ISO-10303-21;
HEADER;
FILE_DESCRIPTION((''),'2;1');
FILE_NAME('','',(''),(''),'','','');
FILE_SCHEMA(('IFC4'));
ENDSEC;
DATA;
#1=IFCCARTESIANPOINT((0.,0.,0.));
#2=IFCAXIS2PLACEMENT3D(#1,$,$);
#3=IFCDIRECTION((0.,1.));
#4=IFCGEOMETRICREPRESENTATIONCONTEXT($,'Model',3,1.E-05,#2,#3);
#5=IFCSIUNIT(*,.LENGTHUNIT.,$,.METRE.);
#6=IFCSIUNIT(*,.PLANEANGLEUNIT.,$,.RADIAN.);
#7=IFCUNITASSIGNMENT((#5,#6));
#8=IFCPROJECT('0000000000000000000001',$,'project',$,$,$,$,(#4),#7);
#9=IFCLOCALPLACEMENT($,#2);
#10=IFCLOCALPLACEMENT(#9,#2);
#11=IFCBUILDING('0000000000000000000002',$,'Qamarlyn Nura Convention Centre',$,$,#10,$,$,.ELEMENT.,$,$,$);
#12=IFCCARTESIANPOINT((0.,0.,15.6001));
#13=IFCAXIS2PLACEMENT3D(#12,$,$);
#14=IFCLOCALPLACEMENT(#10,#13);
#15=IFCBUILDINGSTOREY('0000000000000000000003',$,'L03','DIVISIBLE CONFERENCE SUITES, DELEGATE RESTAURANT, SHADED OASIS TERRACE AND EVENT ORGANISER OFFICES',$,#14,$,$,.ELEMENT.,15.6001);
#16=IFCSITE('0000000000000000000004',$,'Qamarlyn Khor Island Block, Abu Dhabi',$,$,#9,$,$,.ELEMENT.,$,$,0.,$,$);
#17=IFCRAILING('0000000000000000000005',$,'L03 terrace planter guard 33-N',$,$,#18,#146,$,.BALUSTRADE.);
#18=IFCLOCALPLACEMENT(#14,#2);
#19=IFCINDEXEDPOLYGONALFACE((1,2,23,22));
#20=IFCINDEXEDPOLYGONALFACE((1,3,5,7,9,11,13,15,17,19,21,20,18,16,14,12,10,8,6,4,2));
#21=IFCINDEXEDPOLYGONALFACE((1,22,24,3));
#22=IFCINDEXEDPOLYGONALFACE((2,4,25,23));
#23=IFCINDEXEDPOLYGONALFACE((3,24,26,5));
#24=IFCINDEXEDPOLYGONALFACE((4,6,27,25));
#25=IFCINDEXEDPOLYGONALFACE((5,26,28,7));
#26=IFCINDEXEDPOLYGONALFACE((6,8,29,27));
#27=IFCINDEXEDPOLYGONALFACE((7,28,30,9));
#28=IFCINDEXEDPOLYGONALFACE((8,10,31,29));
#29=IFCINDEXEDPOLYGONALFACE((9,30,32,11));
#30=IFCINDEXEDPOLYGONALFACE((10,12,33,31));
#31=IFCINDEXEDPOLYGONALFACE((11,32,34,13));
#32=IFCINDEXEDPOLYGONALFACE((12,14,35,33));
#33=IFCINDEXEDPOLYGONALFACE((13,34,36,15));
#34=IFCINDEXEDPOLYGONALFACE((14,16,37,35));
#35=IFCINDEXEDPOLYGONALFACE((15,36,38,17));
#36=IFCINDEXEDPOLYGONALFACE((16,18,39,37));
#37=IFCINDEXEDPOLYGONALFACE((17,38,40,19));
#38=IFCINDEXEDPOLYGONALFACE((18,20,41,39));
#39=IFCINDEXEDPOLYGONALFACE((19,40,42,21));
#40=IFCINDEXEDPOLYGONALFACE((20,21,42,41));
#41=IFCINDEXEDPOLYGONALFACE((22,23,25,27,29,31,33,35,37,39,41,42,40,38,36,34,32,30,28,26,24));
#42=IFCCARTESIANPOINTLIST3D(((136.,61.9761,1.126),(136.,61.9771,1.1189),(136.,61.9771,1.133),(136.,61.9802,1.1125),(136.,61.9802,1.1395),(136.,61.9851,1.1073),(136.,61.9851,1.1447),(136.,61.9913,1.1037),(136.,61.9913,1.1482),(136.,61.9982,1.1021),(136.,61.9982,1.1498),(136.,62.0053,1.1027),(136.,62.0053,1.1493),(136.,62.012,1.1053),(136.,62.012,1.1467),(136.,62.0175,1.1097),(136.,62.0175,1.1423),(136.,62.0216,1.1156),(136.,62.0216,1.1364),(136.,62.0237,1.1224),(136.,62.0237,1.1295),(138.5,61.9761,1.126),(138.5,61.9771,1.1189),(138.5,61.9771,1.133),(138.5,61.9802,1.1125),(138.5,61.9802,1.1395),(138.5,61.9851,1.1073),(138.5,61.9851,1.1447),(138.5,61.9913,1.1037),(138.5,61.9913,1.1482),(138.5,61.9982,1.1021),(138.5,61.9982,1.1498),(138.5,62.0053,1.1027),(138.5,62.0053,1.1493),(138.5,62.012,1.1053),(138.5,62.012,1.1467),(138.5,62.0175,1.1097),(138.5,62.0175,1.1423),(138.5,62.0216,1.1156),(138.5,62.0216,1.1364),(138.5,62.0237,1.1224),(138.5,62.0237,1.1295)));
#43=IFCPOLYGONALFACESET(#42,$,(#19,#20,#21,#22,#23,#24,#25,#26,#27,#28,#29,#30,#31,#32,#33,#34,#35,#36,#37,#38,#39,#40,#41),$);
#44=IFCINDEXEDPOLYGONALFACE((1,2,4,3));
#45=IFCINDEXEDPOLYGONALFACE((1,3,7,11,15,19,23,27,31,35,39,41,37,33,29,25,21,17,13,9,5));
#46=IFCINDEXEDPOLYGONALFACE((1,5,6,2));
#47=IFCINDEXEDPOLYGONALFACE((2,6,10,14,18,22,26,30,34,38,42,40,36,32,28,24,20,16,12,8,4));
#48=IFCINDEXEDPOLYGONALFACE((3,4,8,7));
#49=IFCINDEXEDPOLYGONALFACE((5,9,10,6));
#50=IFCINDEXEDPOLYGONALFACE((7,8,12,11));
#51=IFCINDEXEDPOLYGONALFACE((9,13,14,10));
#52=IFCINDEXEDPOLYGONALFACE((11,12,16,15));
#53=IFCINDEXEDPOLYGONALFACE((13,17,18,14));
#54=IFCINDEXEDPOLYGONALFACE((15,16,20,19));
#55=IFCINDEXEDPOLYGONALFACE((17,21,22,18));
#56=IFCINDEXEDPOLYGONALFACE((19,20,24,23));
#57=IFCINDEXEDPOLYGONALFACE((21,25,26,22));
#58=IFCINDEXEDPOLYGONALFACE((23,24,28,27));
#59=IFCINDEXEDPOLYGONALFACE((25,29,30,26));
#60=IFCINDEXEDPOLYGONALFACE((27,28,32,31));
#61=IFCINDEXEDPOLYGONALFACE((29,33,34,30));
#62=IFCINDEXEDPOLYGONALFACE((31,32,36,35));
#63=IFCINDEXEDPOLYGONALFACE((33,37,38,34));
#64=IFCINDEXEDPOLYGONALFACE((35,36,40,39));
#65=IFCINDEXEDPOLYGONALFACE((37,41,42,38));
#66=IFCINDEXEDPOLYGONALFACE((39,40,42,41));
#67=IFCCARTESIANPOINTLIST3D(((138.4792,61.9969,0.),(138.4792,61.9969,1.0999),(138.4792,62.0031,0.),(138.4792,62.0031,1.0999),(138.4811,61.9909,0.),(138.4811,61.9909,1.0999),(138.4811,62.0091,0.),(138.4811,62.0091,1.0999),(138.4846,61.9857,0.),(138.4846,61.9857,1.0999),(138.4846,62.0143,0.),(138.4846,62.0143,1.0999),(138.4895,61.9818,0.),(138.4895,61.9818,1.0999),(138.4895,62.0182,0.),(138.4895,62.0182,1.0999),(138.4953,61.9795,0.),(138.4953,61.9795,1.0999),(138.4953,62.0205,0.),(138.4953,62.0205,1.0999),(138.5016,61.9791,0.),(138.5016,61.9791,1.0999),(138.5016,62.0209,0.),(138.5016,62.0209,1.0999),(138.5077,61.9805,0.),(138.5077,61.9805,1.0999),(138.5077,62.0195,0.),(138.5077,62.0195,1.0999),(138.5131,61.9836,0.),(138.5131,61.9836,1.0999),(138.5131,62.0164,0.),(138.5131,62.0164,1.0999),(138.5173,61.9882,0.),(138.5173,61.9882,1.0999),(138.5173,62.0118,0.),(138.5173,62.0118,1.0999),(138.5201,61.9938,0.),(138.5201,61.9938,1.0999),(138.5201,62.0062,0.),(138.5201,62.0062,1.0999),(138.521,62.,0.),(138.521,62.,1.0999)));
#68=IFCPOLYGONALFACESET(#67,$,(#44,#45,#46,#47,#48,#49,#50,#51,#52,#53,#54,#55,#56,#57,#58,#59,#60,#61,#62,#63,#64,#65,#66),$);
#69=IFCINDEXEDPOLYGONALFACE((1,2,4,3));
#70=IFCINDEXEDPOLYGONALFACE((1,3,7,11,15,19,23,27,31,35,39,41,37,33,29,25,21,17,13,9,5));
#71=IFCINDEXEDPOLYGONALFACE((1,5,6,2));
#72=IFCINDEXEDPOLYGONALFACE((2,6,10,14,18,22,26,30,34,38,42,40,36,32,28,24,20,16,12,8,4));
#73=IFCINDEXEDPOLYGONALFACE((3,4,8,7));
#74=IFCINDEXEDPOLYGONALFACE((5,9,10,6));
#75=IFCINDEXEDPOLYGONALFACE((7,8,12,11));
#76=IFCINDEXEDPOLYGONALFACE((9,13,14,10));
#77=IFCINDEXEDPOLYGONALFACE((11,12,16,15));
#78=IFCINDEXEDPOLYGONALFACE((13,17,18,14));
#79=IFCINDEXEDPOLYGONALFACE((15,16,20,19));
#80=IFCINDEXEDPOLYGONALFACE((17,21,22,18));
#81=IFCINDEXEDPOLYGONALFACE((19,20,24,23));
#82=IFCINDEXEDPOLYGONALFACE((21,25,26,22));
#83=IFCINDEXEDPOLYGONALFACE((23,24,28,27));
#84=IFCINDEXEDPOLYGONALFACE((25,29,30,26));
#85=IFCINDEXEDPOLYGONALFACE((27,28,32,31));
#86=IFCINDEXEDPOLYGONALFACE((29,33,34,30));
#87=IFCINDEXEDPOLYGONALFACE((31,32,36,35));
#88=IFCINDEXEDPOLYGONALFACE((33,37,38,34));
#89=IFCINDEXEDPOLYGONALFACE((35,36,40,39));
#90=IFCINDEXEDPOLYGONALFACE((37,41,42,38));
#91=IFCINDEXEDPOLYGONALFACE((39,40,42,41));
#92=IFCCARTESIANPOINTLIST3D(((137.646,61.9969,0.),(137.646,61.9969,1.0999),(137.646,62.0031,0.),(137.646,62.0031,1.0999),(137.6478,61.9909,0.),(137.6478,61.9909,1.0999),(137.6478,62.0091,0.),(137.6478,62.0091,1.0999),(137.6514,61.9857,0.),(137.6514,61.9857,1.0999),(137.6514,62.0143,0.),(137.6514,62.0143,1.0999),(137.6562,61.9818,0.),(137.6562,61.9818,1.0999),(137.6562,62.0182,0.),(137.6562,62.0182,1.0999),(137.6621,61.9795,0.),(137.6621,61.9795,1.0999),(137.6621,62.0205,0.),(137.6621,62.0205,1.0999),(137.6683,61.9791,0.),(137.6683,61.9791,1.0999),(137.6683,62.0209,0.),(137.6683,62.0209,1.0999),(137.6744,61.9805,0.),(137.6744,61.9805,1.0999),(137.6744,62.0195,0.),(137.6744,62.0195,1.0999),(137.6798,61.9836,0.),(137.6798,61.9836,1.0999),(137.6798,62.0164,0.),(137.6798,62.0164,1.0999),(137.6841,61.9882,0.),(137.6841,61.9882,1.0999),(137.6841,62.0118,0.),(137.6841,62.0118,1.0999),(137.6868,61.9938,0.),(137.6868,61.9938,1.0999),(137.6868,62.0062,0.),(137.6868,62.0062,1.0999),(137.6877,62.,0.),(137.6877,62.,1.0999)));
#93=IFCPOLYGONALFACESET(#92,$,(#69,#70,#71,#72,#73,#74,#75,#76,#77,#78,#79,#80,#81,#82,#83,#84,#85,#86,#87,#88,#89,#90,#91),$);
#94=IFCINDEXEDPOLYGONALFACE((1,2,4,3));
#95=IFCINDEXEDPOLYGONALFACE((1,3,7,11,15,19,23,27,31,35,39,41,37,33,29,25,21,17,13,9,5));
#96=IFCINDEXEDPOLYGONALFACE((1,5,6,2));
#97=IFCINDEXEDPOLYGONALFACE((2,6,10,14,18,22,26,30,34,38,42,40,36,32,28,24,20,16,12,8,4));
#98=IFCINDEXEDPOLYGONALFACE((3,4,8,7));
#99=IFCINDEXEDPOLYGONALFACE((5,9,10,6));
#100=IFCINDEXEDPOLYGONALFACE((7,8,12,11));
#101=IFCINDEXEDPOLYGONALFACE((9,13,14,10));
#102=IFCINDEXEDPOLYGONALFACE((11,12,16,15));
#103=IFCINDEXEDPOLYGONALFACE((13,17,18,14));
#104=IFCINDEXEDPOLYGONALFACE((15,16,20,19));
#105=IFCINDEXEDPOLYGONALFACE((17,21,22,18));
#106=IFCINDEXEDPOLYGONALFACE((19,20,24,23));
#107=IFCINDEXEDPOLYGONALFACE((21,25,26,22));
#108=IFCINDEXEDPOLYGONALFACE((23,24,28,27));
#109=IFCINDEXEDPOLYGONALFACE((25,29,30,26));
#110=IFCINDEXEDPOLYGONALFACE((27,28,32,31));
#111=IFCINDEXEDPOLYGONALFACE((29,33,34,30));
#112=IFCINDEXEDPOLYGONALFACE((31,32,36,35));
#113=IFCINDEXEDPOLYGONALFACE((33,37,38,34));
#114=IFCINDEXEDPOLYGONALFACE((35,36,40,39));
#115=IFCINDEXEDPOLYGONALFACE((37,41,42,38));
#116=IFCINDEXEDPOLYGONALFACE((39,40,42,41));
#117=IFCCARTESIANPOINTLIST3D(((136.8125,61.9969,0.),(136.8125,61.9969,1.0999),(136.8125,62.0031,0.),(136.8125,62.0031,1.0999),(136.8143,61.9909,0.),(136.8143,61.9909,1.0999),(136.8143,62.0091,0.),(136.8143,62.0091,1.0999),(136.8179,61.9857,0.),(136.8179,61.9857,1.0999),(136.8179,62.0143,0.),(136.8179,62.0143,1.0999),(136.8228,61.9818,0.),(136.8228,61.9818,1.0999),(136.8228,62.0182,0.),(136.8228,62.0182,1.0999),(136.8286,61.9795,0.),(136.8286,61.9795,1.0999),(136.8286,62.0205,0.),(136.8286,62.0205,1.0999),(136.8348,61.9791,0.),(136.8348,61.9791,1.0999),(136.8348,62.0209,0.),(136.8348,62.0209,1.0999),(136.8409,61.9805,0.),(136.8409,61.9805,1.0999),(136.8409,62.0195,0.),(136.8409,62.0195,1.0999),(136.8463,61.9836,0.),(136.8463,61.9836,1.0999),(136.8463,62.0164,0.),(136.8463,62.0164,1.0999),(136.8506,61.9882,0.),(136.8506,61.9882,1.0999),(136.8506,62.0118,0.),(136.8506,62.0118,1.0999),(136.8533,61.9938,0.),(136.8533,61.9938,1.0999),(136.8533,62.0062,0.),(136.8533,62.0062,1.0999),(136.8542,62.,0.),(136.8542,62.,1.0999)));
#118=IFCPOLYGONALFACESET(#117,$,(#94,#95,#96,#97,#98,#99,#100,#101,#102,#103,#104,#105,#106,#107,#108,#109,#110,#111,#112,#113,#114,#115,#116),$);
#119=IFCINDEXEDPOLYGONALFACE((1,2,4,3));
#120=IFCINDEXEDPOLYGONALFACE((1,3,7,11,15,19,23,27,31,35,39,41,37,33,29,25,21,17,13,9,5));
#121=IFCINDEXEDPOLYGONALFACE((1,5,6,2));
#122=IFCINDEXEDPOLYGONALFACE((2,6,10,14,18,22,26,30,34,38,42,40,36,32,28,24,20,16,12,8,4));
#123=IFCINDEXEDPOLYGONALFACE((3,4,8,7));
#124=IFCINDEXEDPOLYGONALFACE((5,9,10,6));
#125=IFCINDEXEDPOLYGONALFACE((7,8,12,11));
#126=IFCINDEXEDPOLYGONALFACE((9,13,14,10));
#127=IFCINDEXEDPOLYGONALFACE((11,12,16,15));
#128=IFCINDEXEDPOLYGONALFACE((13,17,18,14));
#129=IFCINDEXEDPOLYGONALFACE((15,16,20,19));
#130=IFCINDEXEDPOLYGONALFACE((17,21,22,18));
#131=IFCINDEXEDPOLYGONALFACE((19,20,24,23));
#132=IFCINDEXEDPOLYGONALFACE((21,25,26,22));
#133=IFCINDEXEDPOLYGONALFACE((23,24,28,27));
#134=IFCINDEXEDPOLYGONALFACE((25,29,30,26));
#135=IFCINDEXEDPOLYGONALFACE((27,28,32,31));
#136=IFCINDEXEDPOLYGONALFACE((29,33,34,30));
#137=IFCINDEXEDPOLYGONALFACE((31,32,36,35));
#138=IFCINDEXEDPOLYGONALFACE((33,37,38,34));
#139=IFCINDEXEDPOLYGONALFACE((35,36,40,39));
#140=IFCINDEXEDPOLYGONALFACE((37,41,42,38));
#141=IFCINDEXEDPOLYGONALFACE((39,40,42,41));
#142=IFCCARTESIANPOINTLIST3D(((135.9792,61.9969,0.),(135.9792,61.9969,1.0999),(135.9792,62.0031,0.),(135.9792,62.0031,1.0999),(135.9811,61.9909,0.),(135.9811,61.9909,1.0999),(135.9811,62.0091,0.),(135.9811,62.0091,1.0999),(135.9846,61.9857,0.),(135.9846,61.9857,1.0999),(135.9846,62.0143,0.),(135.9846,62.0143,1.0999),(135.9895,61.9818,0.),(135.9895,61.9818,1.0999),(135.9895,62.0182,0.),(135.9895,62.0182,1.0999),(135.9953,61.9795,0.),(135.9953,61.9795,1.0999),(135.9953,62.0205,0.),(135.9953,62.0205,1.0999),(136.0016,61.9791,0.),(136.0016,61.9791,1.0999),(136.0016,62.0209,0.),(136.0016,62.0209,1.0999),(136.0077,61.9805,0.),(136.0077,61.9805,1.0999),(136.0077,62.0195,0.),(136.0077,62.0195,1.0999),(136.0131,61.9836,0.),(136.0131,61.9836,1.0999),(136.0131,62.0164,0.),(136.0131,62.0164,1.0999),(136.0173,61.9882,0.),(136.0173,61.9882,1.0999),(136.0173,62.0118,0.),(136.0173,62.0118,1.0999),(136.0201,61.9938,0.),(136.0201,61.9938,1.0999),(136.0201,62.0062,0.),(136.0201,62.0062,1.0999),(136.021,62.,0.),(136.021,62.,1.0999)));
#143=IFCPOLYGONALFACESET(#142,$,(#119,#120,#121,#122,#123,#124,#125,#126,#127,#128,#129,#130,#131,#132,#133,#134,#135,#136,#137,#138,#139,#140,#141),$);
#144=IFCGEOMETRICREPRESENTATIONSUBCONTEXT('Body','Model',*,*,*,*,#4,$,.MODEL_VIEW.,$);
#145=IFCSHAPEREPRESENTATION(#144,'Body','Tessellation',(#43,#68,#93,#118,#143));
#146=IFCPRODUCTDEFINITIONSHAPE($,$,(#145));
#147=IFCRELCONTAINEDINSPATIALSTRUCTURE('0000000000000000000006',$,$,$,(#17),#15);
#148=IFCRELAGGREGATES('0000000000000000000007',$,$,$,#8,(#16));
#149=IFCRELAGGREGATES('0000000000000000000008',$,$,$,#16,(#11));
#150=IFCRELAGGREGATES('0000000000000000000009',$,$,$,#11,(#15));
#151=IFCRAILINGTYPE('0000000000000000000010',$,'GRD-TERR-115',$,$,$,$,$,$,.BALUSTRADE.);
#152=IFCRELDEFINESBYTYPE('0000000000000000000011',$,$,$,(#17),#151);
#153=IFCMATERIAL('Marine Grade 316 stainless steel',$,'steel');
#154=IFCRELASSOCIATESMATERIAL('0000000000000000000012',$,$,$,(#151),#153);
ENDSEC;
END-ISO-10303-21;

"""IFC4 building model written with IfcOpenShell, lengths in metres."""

from ifc_helpers import new_model, si_unit, direction, frame, origin, origin_2d, place, context, subcontext, project, spatial, circle, extrude, material, type_object, element, save


model = new_model("IFC4")

# Units and contexts
model_context = context("Model", 3, precision=1e-05, world=origin(), true_north=direction((0.0, 1.0)))
body_context = subcontext(model_context, "Body", "Model", "MODEL_VIEW")
ifc_project = project(units=[si_unit("LENGTHUNIT", "METRE"), si_unit("PLANEANGLEUNIT", "RADIAN")], contexts=[model_context])

# Site, building, storey
site_placement = place(None, origin())
site = spatial("IfcSite", under=ifc_project, at=site_placement, Name="Qamarlyn Khor Island Block, Abu Dhabi", CompositionType="ELEMENT", RefElevation=0.0)
building_placement = place(site_placement, origin())
building = spatial("IfcBuilding", under=site, at=building_placement, Name="Qamarlyn Nura Convention Centre", CompositionType="ELEMENT")
storey_placement = place(building_placement, frame((0.0, 0.0, 15.6001)))
storey = spatial("IfcBuildingStorey", under=building, at=storey_placement, Name="L03", Description="DIVISIBLE CONFERENCE SUITES, DELEGATE RESTAURANT, SHADED OASIS TERRACE AND EVENT ORGANISER OFFICES", CompositionType="ELEMENT", Elevation=15.6001)

# Railing
ifc_material_1 = material(Name="Marine Grade 316 stainless steel", Category="steel")
railing_type_1 = type_object("IfcRailingType", Name="GRD-TERR-115", PredefinedType="BALUSTRADE", material=ifc_material_1)
railing_1_placement = place(storey_placement, frame((138.5, 62.0, 0.0)))
element("IfcRailing", 1, at=railing_1_placement, inside=storey, type_object=railing_type_1, Name="L03 terrace planter guard 33-N", PredefinedType="BALUSTRADE", context=body_context, shape_type="SweptSolid", body=[
    extrude(circle(Radius=0.0239, at=origin_2d()), frame((0.0, 0.0, 1.126), z_axis=(-1.0, 0.0, 0.0), x_axis=(0.0, -1.0, 0.0)), (0.0, 0.0, 1.0), 2.5),
    extrude(circle(Radius=0.021, at=origin_2d()), origin(), (0.0, 0.0, 1.0), 1.0999),
    extrude(circle(Radius=0.021, at=origin_2d()), frame((-0.8333, 0.0, 0.0)), (0.0, 0.0, 1.0), 1.0999),
    extrude(circle(Radius=0.021, at=origin_2d()), frame((-1.6667, 0.0, 0.0)), (0.0, 0.0, 1.0), 1.0999),
    extrude(circle(Radius=0.021, at=origin_2d()), frame((-2.5, 0.0, 0.0)), (0.0, 0.0, 1.0), 1.0999),
])

save(model, "model.ifc")
